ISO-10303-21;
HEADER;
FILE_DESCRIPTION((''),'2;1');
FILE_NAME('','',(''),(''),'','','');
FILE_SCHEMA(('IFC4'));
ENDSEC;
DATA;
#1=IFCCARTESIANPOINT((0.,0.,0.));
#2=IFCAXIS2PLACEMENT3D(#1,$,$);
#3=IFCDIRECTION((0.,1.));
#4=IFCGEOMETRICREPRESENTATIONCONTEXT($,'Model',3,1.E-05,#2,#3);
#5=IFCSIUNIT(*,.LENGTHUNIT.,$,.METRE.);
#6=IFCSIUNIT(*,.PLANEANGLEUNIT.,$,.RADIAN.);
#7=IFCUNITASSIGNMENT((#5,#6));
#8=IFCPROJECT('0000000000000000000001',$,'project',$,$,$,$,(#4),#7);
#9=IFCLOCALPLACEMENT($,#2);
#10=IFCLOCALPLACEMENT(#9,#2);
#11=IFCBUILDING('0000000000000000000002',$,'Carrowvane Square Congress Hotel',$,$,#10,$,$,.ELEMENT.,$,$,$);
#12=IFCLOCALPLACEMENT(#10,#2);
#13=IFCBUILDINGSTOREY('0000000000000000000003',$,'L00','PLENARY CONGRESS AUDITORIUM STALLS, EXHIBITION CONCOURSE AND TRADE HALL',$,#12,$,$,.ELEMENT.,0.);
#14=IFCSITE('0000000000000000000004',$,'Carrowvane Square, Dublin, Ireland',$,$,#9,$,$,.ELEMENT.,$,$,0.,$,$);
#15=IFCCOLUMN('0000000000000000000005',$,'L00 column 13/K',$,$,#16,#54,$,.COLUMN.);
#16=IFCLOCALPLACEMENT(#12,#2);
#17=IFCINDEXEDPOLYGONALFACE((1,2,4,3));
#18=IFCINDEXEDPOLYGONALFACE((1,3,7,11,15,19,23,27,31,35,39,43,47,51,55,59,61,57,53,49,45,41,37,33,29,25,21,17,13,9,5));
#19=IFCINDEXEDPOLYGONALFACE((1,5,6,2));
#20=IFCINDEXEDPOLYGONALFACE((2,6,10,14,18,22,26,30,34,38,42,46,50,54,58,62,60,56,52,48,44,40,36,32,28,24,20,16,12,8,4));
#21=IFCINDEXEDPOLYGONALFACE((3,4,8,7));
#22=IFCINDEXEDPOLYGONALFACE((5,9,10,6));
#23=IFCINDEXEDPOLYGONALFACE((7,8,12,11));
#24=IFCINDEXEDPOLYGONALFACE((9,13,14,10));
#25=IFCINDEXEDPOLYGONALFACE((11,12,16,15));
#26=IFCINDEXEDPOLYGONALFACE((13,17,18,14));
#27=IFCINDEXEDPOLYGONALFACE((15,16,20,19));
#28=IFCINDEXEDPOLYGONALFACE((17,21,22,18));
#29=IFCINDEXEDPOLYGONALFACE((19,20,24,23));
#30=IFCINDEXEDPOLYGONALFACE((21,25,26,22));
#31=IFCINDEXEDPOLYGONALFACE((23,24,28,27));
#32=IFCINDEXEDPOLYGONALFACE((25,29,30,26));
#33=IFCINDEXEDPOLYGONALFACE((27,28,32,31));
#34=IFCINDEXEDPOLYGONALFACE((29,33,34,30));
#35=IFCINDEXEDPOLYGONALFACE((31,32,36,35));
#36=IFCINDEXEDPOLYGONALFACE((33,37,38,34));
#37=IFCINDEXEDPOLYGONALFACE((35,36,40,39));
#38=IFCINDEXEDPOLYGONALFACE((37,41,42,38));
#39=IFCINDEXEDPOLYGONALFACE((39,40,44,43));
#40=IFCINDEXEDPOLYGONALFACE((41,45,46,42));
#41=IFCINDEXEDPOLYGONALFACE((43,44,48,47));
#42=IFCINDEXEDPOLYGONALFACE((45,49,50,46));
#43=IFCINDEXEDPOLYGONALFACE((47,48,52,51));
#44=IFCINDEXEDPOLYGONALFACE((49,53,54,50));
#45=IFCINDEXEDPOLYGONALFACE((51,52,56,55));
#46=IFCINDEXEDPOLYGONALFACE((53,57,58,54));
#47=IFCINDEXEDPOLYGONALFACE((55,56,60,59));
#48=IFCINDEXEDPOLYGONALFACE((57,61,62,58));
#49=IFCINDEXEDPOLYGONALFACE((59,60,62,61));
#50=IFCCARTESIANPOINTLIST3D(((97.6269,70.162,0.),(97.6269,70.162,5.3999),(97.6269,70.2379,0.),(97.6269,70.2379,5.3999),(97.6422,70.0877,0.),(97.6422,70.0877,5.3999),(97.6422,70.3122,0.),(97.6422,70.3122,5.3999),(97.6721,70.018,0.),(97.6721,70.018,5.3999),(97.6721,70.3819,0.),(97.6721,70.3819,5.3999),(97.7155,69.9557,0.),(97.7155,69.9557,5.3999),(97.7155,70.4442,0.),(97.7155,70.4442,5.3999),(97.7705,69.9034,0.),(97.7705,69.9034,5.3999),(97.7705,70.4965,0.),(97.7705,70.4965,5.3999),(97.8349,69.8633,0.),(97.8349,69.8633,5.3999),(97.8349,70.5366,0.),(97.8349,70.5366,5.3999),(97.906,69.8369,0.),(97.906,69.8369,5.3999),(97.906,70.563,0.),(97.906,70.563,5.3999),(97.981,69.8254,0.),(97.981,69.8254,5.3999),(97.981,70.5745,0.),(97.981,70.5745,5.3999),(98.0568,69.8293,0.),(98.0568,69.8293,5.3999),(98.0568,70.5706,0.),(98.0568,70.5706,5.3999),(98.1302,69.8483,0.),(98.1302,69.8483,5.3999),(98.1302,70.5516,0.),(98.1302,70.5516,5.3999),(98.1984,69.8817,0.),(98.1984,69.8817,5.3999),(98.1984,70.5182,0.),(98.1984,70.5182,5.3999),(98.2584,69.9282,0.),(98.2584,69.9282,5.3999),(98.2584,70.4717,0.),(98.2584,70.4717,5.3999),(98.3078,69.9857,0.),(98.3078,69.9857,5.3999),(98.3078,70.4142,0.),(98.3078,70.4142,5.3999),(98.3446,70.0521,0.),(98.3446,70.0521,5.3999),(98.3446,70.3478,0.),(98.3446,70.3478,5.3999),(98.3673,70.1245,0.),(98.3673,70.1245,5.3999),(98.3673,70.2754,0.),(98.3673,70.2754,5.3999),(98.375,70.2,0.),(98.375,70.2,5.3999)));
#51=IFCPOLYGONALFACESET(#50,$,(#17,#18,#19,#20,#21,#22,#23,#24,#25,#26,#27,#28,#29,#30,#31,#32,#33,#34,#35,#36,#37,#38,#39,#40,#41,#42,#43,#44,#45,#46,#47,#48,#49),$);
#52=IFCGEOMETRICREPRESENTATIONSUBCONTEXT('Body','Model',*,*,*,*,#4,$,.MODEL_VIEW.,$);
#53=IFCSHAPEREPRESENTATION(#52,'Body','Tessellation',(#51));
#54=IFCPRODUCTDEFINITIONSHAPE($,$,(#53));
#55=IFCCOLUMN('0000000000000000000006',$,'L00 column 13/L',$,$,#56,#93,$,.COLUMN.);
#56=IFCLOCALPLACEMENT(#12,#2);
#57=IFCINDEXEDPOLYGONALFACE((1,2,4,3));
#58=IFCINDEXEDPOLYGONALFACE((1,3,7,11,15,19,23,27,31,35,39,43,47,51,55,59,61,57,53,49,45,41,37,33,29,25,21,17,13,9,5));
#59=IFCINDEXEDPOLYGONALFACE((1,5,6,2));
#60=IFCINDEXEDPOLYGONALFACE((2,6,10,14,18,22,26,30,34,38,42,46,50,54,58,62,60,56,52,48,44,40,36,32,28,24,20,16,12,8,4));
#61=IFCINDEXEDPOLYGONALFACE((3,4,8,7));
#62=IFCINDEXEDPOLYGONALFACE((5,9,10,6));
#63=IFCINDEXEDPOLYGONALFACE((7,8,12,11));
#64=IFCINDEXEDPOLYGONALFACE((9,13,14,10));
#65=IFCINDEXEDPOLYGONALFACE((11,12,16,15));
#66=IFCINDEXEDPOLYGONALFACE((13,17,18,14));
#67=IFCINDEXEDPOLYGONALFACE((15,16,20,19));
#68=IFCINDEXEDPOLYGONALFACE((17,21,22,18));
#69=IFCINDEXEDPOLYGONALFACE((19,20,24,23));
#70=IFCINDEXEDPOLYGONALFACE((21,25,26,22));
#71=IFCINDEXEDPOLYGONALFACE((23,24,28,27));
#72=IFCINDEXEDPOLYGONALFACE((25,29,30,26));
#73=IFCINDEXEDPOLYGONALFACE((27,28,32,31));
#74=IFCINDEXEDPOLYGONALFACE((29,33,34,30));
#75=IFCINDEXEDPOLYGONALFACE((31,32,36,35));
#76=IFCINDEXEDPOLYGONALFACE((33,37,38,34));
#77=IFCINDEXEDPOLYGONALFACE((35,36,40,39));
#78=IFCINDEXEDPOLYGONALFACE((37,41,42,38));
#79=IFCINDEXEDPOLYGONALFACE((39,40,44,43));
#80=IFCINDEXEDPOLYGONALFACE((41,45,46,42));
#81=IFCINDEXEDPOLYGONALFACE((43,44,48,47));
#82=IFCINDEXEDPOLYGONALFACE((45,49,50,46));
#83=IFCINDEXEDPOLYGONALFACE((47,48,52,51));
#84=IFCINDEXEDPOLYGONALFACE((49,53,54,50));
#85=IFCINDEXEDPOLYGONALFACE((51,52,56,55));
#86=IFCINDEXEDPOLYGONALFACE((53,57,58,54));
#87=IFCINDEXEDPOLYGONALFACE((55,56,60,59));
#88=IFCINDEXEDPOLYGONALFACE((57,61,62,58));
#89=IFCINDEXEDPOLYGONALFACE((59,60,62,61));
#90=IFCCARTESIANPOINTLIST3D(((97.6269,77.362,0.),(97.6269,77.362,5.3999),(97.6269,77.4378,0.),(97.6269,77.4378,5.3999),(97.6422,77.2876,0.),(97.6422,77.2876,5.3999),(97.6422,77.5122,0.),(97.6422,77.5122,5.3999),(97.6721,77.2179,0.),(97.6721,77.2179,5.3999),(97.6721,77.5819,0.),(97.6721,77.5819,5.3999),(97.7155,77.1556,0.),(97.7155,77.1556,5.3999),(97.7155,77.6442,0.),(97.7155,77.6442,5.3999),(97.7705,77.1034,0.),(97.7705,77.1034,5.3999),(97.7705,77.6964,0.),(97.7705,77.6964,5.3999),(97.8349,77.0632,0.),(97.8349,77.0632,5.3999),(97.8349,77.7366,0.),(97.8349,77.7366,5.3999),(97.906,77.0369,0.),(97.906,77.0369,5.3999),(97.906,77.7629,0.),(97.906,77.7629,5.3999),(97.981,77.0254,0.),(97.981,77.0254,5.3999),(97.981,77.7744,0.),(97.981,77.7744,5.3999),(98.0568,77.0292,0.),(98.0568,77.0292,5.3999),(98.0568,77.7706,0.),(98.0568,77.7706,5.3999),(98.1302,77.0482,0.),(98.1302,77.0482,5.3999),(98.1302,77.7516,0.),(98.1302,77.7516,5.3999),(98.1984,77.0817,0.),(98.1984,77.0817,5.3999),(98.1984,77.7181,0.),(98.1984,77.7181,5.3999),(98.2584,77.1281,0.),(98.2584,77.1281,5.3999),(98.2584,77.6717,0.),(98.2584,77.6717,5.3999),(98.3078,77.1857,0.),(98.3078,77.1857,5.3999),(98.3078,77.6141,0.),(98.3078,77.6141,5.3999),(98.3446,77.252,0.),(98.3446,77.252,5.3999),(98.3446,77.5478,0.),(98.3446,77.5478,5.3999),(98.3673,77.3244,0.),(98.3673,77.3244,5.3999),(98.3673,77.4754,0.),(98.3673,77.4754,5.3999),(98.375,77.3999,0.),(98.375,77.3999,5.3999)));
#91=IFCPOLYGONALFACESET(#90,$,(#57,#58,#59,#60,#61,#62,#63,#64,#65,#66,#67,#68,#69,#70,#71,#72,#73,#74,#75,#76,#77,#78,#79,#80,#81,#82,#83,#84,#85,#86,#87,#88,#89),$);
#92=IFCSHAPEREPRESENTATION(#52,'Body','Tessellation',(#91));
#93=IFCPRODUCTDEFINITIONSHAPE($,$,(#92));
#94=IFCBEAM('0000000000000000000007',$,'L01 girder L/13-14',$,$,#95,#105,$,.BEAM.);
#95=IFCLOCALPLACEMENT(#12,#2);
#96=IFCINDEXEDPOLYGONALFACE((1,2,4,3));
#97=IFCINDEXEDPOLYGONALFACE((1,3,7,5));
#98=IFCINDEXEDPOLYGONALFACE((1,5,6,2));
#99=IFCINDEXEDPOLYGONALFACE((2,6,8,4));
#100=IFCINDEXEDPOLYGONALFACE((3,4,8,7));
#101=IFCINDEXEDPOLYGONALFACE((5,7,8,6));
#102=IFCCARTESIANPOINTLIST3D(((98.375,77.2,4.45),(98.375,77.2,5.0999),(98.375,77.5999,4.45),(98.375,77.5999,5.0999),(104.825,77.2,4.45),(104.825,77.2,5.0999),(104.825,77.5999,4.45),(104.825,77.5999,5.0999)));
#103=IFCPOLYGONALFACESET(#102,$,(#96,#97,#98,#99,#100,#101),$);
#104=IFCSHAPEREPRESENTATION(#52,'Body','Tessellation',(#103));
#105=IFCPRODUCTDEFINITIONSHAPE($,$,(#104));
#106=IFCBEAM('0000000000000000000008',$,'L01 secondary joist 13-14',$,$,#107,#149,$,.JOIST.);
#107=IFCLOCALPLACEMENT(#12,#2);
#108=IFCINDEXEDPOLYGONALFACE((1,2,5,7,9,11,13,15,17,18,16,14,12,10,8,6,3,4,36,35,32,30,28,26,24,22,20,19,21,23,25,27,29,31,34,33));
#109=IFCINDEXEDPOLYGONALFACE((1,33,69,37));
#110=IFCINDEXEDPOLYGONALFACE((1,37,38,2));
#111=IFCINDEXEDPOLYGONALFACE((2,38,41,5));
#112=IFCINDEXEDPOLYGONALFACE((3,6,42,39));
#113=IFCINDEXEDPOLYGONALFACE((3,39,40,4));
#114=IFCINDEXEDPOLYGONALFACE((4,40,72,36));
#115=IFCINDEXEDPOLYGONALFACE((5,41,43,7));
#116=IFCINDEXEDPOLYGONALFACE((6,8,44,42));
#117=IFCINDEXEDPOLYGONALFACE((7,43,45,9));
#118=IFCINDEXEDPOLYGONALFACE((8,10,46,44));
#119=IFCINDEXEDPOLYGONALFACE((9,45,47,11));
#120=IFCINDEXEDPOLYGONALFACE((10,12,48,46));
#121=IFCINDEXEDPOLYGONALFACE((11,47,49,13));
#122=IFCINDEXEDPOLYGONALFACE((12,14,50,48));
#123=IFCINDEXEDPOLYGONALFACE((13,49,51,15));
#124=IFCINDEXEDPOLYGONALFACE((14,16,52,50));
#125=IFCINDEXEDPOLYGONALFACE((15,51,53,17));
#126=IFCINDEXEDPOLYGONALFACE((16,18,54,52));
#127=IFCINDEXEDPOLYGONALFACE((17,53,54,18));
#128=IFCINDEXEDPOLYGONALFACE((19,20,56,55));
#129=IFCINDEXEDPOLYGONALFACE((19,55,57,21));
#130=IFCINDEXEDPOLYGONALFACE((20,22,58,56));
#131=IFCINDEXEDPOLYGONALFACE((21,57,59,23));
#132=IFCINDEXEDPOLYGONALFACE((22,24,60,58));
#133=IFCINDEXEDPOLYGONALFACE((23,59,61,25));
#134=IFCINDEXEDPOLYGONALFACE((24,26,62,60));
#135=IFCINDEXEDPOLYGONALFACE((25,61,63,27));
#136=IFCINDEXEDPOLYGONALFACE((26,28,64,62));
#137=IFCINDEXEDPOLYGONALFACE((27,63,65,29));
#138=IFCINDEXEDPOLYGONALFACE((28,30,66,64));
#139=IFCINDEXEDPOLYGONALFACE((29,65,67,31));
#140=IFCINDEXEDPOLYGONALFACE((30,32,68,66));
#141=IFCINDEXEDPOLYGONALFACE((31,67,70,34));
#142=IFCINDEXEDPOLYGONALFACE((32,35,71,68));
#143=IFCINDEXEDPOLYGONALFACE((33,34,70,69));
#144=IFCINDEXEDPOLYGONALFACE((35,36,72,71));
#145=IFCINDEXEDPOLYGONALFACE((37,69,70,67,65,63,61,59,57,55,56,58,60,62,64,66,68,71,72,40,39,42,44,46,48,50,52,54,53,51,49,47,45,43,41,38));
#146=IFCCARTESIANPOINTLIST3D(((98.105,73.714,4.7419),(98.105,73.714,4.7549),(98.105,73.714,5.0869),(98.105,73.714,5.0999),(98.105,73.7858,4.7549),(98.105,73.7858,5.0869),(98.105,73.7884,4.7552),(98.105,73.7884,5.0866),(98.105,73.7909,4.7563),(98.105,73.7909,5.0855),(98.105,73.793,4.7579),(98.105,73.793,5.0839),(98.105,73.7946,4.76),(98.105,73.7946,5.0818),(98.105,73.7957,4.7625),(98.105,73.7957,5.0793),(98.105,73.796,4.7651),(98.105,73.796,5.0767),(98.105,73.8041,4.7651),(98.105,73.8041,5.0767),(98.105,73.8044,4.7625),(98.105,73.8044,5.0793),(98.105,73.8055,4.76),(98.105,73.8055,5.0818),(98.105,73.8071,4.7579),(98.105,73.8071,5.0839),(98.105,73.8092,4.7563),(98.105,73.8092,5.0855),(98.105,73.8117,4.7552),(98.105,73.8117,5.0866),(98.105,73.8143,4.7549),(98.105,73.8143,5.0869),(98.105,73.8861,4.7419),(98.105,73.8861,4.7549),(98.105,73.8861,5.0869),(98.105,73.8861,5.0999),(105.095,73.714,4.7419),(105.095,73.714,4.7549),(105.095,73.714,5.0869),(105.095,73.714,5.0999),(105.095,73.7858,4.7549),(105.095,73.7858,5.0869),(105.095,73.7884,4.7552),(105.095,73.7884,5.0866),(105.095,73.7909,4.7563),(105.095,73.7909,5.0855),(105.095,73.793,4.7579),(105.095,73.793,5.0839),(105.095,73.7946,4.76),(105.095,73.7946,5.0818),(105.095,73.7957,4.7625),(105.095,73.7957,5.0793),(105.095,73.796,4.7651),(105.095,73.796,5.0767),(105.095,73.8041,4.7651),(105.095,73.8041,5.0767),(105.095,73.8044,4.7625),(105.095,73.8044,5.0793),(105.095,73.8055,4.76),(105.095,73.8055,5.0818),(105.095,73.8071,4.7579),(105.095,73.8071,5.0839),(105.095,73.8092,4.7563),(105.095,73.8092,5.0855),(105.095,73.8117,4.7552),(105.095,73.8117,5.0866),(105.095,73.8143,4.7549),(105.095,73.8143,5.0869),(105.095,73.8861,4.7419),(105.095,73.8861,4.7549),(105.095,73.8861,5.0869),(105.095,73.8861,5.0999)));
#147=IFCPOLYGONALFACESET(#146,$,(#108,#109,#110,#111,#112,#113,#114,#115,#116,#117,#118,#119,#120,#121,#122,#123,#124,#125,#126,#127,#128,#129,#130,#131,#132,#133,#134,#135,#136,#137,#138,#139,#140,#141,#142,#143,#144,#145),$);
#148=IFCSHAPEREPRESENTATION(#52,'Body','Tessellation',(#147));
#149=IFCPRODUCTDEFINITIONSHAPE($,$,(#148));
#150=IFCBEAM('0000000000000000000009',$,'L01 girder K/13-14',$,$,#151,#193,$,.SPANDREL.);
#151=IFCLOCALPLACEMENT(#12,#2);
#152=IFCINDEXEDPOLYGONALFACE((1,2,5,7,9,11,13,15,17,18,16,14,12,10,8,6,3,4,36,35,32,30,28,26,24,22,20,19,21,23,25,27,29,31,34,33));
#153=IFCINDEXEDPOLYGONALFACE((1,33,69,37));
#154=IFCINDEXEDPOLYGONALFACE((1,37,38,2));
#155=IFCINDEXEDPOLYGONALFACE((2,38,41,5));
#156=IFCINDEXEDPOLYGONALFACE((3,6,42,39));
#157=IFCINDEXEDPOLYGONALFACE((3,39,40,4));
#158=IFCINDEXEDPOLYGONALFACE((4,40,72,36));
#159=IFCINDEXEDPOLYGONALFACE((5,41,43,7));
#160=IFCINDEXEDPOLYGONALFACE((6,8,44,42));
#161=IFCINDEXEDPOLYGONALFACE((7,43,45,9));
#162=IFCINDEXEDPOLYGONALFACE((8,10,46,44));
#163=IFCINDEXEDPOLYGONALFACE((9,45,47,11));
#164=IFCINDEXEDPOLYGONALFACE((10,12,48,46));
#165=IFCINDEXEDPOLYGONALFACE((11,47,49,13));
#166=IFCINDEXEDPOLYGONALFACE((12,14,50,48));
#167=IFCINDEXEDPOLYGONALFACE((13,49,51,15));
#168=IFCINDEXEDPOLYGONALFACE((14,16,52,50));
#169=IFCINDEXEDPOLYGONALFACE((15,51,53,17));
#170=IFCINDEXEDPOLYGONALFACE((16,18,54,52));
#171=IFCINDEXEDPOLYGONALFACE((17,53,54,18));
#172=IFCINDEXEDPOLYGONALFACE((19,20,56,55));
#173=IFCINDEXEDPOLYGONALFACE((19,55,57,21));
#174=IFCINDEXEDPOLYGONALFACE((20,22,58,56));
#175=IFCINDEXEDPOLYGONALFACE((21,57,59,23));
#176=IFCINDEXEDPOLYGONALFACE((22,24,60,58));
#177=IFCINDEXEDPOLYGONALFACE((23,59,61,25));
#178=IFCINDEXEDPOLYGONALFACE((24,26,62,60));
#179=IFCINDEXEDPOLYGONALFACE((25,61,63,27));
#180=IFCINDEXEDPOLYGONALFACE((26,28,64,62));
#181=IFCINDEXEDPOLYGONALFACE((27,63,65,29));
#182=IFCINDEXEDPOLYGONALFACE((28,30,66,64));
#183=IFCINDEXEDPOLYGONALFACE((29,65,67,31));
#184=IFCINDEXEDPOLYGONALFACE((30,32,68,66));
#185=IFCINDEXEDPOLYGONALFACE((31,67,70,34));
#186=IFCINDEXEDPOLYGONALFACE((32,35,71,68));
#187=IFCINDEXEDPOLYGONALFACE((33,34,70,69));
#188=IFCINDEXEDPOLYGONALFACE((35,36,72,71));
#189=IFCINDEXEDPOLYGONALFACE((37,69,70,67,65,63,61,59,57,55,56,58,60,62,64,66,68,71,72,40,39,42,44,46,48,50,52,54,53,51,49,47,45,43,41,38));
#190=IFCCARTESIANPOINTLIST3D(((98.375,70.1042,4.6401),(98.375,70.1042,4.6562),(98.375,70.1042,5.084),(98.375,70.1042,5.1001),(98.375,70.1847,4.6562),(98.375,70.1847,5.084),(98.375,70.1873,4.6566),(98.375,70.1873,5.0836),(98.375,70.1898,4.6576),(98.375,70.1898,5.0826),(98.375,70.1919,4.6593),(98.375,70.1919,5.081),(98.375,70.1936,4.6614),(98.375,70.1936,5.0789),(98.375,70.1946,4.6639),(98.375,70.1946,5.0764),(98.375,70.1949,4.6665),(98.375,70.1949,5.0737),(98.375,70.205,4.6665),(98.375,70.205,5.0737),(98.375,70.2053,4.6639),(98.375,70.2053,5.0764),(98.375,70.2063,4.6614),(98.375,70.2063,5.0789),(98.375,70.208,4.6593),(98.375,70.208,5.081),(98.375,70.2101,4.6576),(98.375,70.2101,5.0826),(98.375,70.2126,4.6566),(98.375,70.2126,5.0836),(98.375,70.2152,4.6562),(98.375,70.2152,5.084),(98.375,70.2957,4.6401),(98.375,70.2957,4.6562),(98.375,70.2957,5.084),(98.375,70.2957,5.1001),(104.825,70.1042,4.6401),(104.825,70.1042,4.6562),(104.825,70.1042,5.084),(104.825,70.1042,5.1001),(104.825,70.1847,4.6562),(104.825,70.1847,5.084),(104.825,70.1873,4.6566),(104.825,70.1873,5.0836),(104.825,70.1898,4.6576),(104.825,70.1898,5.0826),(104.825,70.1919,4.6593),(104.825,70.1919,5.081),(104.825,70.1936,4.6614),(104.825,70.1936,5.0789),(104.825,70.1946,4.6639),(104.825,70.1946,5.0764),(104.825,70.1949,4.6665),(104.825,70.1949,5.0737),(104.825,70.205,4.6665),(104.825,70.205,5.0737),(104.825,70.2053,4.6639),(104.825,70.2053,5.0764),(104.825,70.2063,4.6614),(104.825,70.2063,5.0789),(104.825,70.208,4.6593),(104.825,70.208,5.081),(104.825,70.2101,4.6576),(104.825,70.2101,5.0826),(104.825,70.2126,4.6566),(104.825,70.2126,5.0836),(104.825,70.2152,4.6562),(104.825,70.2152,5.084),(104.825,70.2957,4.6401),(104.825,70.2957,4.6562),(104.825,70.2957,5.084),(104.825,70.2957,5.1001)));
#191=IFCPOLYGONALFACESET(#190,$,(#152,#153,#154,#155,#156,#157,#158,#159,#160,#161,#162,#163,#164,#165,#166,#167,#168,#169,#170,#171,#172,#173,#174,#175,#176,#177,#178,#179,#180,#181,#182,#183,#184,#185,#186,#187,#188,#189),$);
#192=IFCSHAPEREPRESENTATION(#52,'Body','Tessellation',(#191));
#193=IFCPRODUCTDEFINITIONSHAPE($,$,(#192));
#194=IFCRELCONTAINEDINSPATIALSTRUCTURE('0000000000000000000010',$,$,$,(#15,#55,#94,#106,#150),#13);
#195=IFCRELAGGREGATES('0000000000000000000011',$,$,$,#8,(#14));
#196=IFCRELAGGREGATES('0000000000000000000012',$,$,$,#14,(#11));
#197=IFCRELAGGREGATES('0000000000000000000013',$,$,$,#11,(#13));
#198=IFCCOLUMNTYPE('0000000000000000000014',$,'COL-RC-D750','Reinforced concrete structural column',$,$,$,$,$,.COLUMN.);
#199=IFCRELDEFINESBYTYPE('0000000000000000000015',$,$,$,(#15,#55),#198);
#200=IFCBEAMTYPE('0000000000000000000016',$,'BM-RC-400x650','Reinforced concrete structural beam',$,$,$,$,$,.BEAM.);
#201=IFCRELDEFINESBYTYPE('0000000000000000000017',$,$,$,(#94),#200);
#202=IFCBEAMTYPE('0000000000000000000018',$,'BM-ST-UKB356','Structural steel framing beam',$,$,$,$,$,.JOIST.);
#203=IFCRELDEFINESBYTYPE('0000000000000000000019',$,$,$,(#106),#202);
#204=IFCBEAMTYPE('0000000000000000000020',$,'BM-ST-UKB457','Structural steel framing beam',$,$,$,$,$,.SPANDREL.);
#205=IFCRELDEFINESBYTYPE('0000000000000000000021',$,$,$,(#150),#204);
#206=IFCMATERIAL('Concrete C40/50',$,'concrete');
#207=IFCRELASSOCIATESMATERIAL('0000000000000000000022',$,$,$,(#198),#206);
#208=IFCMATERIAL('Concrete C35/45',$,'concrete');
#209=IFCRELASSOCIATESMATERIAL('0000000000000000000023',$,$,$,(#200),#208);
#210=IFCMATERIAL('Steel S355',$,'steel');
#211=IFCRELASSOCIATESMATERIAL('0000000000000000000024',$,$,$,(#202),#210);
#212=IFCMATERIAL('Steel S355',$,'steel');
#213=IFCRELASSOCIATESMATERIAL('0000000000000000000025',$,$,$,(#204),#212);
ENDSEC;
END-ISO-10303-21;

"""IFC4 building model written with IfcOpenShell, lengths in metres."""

from ifc_helpers import new_model, si_unit, direction, frame, origin, origin_2d, place, context, subcontext, project, spatial, rectangle, circle, i_section, extrude, material, material_profile, profile_set, type_object, element, save


model = new_model("IFC4")

# Units and contexts
model_context = context("Model", 3, precision=1e-05, world=origin(), true_north=direction((0.0, 1.0)))
body_context = subcontext(model_context, "Body", "Model", "MODEL_VIEW")
ifc_project = project(units=[si_unit("LENGTHUNIT", "METRE"), si_unit("PLANEANGLEUNIT", "RADIAN")], contexts=[model_context])

# Site, building, storey
site_placement = place(None, origin())
site = spatial("IfcSite", under=ifc_project, at=site_placement, Name="Carrowvane Square, Dublin, Ireland", CompositionType="ELEMENT", RefElevation=0.0)
building_placement = place(site_placement, origin())
building = spatial("IfcBuilding", under=site, at=building_placement, Name="Carrowvane Square Congress Hotel", CompositionType="ELEMENT")
storey_placement = place(building_placement, origin())
storey = spatial("IfcBuildingStorey", under=building, at=storey_placement, Name="L00", Description="PLENARY CONGRESS AUDITORIUM STALLS, EXHIBITION CONCOURSE AND TRADE HALL", CompositionType="ELEMENT", Elevation=0.0)

# Columns
ifc_material_1 = material(Name="Concrete C40/50", Category="concrete")
ifc_material_profile_1 = material_profile(ifc_material_1, circle(Radius=0.375, at=origin_2d()), Name="RC D750")
ifc_profile_set_1 = profile_set([ifc_material_profile_1], Name="Concrete C40/50")
column_type = type_object("IfcColumnType", Name="COL-RC-D750", Description="Reinforced concrete structural column", PredefinedType="COLUMN", material=ifc_profile_set_1)
for number, where, z_axis, x_axis, name in (
    (1, (98.0, 70.2, 0.0), (0.0, 0.0, 1.0), (1.0, 0.0, 0.0), "L00 column 13/K"),
    (2, (98.0, 77.3999, 0.0), (0.0, 0.0, 1.0), (1.0, 0.0, 0.0), "L00 column 13/L"),
):
    element("IfcColumn", number, at=place(storey_placement, frame(where, z_axis=z_axis, x_axis=x_axis)), inside=storey, type_object=column_type, Name=name, PredefinedType="COLUMN", context=body_context, shape_type="SweptSolid", body=[
        extrude(circle(Radius=0.375, at=origin_2d()), origin(), (0.0, 0.0, 1.0), 5.3999),
    ])

# Beams
ifc_material_2 = material(Name="Concrete C35/45", Category="concrete")
ifc_material_profile_2 = material_profile(ifc_material_2, rectangle(XDim=0.3999, YDim=0.6499, at=origin_2d()), Name="RC 400x650")
ifc_profile_set_2 = profile_set([ifc_material_profile_2], Name="Concrete C35/45")
beam_type_1 = type_object("IfcBeamType", Name="BM-RC-400x650", Description="Reinforced concrete structural beam", PredefinedType="BEAM", material=ifc_profile_set_2)
beam_1_placement = place(storey_placement, frame((98.375, 77.3999, 4.7749), z_axis=(1.0, 0.0, 0.0), x_axis=(0.0, 1.0, 0.0)))
element("IfcBeam", 3, at=beam_1_placement, inside=storey, type_object=beam_type_1, Name="L01 girder L/13-14", PredefinedType="BEAM", context=body_context, shape_type="SweptSolid", body=[
    extrude(rectangle(XDim=0.3999, YDim=0.6499, at=origin_2d()), origin(), (0.0, 0.0, 1.0), 6.45),
])
ifc_material_3 = material(Name="Steel S355", Category="steel")
ifc_material_profile_3 = material_profile(ifc_material_3, i_section(OverallWidth=0.1721, OverallDepth=0.3579, WebThickness=0.0081, FlangeThickness=0.0129, FilletRadius=0.0103, at=origin_2d()), Name="UKB 356x171x57")
ifc_profile_set_3 = profile_set([ifc_material_profile_3], Name="Steel S355")
beam_type_2 = type_object("IfcBeamType", Name="BM-ST-UKB356", Description="Structural steel framing beam", PredefinedType="JOIST", material=ifc_profile_set_3)
beam_2_placement = place(storey_placement, frame((98.105, 73.8, 4.9209), z_axis=(1.0, 0.0, 0.0), x_axis=(0.0, 1.0, 0.0)))
element("IfcBeam", 4, at=beam_2_placement, inside=storey, type_object=beam_type_2, Name="L01 secondary joist 13-14", PredefinedType="JOIST", context=body_context, shape_type="SweptSolid", body=[
    extrude(i_section(OverallWidth=0.1721, OverallDepth=0.3579, WebThickness=0.0081, FlangeThickness=0.0129, FilletRadius=0.0103, at=origin_2d()), origin(), (0.0, 0.0, 1.0), 6.99),
])
ifc_material_4 = material(Name="Steel S355", Category="steel")
ifc_material_profile_4 = material_profile(ifc_material_4, i_section(OverallWidth=0.1914, OverallDepth=0.46, WebThickness=0.01, FlangeThickness=0.0161, FilletRadius=0.0103, at=origin_2d()), Name="UKB 457x191x82")
ifc_profile_set_4 = profile_set([ifc_material_profile_4], Name="Steel S355")
beam_type_3 = type_object("IfcBeamType", Name="BM-ST-UKB457", Description="Structural steel framing beam", PredefinedType="SPANDREL", material=ifc_profile_set_4)
beam_3_placement = place(storey_placement, frame((98.375, 70.2, 4.8701), z_axis=(1.0, 0.0, 0.0), x_axis=(0.0, 1.0, 0.0)))
element("IfcBeam", 5, at=beam_3_placement, inside=storey, type_object=beam_type_3, Name="L01 girder K/13-14", PredefinedType="SPANDREL", context=body_context, shape_type="SweptSolid", body=[
    extrude(i_section(OverallWidth=0.1914, OverallDepth=0.46, WebThickness=0.01, FlangeThickness=0.0161, FilletRadius=0.0103, at=origin_2d()), origin(), (0.0, 0.0, 1.0), 6.45),
])

save(model, "model.ifc")
